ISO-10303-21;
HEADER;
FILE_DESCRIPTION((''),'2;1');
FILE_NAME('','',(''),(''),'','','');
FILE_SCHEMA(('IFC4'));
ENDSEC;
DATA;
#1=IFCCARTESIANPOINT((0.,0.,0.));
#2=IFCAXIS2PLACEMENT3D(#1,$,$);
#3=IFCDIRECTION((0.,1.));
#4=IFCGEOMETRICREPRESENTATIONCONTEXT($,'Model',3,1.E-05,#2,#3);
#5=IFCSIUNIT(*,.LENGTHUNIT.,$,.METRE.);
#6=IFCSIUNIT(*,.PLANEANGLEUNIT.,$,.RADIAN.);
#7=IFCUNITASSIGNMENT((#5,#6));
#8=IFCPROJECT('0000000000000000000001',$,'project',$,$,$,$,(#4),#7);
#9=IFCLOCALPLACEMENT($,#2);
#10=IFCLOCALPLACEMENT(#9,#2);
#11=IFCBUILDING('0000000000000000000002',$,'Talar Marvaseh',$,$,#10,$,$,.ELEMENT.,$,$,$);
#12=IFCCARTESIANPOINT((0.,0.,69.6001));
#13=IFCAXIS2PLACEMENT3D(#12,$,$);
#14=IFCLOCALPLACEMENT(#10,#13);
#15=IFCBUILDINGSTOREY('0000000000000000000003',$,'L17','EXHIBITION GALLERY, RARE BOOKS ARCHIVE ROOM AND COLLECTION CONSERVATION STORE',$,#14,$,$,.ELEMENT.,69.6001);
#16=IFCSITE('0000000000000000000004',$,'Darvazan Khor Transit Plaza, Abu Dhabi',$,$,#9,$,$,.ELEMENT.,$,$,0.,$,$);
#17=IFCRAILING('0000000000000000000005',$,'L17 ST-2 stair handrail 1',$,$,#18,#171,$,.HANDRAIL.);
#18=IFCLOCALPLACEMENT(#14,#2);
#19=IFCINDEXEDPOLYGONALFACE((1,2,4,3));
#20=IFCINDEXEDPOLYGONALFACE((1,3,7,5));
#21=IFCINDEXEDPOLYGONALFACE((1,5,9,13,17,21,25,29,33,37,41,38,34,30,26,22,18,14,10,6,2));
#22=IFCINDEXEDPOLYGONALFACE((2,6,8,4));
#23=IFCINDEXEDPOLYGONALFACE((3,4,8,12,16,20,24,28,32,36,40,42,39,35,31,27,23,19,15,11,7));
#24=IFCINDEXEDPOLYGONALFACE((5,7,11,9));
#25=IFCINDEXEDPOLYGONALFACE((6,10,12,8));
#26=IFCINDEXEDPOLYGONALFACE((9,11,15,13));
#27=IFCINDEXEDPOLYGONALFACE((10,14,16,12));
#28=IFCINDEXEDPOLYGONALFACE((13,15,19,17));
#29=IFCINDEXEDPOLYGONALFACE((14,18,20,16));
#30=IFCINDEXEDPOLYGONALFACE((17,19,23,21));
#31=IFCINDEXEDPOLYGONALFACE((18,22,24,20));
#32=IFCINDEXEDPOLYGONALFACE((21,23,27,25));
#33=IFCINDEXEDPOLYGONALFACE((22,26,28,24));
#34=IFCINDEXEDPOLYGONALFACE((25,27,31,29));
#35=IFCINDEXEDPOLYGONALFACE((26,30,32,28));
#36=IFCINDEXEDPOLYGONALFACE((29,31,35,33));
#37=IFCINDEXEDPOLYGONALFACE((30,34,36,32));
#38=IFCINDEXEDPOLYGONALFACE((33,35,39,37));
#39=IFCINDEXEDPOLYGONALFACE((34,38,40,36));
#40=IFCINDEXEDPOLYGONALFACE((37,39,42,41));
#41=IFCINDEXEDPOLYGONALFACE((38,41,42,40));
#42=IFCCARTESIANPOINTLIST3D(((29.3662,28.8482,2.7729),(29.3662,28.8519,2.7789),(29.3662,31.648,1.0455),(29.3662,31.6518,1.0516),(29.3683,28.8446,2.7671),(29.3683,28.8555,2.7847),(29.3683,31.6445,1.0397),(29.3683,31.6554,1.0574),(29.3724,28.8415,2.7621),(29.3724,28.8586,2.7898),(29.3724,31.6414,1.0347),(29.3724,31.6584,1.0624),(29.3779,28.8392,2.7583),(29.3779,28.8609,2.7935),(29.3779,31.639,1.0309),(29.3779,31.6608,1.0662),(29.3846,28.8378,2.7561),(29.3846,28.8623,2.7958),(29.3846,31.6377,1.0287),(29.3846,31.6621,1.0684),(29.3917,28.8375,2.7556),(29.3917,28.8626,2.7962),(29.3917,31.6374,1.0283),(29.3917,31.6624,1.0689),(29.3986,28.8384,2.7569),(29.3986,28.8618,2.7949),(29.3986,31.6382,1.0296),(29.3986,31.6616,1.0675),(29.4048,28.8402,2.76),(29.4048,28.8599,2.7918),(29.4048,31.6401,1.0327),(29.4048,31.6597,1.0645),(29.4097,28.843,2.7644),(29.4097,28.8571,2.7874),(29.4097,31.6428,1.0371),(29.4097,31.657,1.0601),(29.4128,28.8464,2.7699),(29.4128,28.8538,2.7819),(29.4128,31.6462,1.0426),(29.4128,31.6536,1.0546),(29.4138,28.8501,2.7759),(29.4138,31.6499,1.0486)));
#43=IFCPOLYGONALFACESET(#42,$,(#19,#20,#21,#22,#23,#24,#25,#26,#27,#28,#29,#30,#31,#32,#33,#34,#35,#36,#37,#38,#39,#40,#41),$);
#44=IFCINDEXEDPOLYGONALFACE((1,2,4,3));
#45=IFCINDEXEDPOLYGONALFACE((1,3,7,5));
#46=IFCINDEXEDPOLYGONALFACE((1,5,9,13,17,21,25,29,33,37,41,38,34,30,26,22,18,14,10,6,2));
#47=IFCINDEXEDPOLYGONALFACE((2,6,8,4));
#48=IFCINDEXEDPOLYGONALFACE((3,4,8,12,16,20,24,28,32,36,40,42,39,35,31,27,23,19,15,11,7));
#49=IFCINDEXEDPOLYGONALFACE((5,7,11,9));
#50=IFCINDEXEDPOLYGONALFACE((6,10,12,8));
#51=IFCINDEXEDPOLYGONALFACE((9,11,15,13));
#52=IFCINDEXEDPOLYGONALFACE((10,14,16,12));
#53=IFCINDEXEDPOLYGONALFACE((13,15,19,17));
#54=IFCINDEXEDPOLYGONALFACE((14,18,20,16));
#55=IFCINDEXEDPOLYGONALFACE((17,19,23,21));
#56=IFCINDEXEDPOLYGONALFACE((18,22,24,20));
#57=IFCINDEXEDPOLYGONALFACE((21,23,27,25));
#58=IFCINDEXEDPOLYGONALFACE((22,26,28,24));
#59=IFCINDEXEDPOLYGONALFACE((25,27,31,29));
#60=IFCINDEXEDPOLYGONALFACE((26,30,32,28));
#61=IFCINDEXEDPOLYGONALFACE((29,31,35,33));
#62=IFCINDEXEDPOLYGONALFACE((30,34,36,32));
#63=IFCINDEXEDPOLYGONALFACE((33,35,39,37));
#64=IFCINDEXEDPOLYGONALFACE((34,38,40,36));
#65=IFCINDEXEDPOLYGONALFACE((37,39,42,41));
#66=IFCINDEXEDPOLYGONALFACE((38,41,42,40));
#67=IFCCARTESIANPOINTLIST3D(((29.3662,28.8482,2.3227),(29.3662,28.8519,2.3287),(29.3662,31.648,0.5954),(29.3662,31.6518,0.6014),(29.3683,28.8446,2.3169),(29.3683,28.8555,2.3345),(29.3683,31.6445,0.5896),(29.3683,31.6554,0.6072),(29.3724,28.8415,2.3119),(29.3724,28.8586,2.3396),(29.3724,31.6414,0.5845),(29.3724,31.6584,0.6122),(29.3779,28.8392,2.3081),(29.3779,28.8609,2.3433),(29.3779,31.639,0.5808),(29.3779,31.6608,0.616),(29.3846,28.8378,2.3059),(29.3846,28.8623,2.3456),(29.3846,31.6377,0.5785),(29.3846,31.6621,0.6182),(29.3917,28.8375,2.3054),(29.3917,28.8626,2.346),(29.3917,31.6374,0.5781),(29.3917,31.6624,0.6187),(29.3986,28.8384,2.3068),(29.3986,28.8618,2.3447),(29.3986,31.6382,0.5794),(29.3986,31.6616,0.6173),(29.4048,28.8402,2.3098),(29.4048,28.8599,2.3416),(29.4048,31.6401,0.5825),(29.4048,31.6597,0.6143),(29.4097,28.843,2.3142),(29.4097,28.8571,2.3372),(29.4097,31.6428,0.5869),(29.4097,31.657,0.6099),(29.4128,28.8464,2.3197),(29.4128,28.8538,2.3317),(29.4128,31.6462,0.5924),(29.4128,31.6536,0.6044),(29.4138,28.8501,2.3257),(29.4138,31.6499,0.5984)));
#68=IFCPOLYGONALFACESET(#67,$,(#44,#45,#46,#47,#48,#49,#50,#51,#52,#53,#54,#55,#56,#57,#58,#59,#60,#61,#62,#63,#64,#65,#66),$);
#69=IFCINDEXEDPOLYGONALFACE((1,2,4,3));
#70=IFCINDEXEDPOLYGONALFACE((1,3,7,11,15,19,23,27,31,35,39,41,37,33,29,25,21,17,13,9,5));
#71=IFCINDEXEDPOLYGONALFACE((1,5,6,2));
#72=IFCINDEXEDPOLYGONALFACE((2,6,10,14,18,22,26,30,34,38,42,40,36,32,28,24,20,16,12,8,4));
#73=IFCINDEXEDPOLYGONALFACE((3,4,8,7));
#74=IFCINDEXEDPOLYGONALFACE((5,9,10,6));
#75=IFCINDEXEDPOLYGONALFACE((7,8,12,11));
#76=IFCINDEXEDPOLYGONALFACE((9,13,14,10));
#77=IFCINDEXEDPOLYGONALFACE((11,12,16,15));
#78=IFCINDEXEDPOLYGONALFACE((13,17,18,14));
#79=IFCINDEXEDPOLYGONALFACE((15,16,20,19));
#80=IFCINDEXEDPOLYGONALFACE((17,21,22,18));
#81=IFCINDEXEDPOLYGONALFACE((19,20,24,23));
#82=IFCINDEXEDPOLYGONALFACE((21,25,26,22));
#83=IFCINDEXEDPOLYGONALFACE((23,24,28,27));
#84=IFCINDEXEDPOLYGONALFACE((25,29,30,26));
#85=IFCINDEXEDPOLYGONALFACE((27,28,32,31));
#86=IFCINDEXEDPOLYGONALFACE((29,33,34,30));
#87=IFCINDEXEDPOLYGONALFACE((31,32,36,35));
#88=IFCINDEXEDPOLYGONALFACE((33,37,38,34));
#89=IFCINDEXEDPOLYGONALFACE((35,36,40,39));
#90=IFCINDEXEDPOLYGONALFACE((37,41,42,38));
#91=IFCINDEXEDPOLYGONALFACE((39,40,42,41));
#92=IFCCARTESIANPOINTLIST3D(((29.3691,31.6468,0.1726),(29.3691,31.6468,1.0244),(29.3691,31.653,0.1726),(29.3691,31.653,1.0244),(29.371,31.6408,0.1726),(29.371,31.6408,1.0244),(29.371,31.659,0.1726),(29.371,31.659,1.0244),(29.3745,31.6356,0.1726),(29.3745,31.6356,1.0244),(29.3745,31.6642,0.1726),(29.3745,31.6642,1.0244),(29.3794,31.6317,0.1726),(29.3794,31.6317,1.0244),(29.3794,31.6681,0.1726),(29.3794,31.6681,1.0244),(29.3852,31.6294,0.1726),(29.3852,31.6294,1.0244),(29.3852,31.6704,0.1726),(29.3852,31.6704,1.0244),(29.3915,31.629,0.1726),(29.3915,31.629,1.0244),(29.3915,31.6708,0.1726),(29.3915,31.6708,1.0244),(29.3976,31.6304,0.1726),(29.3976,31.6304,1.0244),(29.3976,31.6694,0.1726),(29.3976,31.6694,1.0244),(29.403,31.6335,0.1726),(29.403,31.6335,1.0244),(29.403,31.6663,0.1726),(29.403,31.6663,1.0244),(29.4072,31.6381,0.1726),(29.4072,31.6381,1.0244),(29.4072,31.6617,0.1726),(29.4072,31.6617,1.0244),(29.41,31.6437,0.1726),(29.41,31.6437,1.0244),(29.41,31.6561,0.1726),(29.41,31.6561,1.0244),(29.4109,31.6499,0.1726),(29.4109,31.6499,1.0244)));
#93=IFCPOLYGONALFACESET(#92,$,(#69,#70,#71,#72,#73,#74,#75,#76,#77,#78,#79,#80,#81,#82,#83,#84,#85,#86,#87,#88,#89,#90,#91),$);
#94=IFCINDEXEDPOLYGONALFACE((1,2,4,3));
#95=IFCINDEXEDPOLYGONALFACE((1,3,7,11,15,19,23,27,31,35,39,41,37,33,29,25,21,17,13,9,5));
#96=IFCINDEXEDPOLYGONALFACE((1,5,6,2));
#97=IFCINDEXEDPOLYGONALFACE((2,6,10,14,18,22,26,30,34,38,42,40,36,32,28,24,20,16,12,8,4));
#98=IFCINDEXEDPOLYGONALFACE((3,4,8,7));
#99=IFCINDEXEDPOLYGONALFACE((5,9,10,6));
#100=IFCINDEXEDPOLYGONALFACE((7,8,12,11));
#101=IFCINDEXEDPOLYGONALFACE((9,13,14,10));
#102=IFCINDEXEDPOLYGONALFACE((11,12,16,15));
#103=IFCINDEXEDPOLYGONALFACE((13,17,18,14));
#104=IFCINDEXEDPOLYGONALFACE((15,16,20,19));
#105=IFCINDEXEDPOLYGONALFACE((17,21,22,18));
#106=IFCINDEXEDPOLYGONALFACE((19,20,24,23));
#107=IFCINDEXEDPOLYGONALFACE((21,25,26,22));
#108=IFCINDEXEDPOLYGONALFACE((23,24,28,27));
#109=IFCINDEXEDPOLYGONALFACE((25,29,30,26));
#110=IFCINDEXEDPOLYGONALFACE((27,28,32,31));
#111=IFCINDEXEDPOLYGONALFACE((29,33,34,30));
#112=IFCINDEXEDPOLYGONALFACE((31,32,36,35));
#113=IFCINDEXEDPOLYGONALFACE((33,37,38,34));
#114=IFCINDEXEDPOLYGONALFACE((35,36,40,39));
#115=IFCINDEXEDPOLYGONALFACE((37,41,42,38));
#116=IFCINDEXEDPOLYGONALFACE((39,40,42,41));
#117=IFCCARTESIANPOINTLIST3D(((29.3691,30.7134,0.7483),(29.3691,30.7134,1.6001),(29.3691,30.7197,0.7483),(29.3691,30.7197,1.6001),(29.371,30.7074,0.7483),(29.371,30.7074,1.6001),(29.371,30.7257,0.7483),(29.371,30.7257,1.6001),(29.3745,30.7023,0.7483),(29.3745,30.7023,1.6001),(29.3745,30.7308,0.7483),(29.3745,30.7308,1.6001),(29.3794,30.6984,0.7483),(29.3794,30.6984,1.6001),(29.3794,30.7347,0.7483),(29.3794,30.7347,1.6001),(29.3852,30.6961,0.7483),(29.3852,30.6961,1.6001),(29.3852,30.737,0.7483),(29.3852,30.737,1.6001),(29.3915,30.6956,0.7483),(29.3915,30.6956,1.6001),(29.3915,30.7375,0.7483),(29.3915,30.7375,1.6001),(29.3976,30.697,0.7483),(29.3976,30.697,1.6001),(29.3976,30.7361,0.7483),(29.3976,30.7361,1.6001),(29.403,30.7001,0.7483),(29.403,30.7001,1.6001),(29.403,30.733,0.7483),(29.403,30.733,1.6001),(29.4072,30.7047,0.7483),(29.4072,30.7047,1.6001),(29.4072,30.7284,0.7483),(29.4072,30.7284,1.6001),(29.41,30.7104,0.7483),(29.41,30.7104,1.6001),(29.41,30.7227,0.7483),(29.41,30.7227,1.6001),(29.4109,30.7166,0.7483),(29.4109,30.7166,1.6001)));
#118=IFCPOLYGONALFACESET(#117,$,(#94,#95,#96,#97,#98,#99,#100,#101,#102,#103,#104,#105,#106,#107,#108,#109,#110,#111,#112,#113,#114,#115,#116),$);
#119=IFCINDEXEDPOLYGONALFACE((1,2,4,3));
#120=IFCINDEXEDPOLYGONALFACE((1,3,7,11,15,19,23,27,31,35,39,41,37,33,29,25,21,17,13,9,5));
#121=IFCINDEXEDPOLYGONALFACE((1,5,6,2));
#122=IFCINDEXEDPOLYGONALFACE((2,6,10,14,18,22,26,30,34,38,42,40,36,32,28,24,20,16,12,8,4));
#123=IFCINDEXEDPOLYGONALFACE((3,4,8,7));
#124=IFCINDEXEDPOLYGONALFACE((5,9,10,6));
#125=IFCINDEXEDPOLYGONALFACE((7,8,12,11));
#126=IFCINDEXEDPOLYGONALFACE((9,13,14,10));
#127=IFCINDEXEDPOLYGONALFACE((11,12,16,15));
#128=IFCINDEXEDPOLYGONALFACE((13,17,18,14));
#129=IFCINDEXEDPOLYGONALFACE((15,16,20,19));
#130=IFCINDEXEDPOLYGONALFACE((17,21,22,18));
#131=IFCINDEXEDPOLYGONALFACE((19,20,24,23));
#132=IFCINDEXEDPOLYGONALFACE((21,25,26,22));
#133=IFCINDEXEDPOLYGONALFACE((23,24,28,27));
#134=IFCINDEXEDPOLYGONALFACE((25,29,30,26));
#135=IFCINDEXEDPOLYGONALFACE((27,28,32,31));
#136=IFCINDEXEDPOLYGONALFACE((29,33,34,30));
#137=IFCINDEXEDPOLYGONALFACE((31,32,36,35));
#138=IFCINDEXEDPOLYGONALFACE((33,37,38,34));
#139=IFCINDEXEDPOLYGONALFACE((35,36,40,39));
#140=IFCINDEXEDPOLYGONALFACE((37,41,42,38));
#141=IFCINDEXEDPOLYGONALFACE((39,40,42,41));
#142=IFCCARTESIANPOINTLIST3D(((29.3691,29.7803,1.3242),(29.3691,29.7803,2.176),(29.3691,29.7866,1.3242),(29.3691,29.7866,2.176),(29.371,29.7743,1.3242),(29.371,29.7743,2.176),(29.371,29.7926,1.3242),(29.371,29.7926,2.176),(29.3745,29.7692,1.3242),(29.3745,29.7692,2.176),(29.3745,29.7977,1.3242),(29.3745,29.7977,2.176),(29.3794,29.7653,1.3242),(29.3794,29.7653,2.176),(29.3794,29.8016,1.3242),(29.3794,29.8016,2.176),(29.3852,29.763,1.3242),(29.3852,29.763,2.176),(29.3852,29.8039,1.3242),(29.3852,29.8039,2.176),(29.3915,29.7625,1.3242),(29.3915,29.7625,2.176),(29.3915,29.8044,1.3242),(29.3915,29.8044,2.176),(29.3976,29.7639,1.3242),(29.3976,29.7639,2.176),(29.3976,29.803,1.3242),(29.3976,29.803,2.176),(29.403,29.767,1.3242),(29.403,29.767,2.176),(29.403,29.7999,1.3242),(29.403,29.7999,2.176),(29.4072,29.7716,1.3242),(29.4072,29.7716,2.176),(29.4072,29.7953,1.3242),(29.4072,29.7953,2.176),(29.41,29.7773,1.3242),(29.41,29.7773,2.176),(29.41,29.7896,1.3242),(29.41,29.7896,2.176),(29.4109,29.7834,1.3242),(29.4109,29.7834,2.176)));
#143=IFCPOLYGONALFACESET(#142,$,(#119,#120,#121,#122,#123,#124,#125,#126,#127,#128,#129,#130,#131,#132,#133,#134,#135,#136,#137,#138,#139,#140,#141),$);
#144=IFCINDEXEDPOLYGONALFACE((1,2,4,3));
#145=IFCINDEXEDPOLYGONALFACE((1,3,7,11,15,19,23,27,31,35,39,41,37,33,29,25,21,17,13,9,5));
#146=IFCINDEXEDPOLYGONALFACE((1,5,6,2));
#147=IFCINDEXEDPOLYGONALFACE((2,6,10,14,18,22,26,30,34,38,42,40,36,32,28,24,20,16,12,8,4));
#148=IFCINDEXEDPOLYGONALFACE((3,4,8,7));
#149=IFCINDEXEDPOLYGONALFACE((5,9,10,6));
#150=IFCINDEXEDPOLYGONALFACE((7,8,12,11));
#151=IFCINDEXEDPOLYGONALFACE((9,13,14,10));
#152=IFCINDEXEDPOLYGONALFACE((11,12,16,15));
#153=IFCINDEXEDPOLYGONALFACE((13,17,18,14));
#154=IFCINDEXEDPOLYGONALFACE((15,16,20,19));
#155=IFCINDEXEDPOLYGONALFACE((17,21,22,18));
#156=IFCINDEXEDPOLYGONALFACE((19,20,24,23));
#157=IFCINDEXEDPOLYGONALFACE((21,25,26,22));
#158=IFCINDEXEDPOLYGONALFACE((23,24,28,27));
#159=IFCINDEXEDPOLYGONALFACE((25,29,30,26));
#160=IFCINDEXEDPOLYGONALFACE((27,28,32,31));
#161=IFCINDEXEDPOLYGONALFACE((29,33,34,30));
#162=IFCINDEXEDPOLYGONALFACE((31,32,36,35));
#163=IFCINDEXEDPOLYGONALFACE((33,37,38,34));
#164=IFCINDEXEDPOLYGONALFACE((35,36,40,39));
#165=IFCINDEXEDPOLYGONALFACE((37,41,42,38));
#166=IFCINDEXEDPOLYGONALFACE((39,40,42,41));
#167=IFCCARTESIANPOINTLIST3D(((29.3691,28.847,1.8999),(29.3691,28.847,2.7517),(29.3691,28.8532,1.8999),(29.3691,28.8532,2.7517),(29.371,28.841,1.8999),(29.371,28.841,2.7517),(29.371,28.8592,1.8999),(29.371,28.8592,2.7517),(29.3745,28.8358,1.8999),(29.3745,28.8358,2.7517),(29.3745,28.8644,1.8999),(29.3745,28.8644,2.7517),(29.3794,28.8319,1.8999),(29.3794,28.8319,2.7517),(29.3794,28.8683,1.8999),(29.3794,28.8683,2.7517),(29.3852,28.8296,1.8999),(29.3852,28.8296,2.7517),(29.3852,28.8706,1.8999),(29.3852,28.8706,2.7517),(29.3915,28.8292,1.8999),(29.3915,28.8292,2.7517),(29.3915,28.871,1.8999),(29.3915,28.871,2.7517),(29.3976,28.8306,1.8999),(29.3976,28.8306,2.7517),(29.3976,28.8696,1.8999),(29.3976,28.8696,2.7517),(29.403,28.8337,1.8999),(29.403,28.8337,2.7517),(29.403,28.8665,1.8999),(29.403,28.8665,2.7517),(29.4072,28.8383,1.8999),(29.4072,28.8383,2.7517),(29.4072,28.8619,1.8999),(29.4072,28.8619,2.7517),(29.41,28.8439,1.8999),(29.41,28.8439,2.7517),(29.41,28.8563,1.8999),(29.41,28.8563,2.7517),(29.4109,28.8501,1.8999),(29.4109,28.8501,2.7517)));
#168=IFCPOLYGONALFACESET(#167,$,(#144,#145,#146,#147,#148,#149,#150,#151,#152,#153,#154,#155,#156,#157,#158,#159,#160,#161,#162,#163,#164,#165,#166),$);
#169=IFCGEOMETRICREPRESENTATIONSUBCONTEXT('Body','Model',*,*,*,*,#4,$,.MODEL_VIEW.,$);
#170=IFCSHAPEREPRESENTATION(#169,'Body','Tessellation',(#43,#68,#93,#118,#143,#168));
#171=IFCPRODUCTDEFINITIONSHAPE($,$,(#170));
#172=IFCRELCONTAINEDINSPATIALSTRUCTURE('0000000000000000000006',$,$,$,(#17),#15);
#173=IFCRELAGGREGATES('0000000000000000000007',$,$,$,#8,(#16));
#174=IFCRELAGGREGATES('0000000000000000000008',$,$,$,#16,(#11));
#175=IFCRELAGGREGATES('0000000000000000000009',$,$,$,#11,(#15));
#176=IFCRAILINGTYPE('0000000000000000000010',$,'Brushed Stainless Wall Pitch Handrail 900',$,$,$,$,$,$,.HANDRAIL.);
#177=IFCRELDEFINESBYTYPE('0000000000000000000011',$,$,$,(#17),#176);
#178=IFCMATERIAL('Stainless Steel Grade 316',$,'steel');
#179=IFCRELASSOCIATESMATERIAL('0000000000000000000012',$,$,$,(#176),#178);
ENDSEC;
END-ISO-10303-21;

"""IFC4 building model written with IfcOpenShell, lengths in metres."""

from ifc_helpers import new_model, si_unit, direction, frame, origin, origin_2d, place, context, subcontext, project, spatial, circle, extrude, material, type_object, element, save


model = new_model("IFC4")

# Units and contexts
model_context = context("Model", 3, precision=1e-05, world=origin(), true_north=direction((0.0, 1.0)))
body_context = subcontext(model_context, "Body", "Model", "MODEL_VIEW")
ifc_project = project(units=[si_unit("LENGTHUNIT", "METRE"), si_unit("PLANEANGLEUNIT", "RADIAN")], contexts=[model_context])

# Site, building, storey
site_placement = place(None, origin())
site = spatial("IfcSite", under=ifc_project, at=site_placement, Name="Darvazan Khor Transit Plaza, Abu Dhabi", CompositionType="ELEMENT", RefElevation=0.0)
building_placement = place(site_placement, origin())
building = spatial("IfcBuilding", under=site, at=building_placement, Name="Talar Marvaseh", CompositionType="ELEMENT")
storey_placement = place(building_placement, frame((0.0, 0.0, 69.6001)))
storey = spatial("IfcBuildingStorey", under=building, at=storey_placement, Name="L17", Description="EXHIBITION GALLERY, RARE BOOKS ARCHIVE ROOM AND COLLECTION CONSERVATION STORE", CompositionType="ELEMENT", Elevation=69.6001)

# Railing
ifc_material_1 = material(Name="Stainless Steel Grade 316", Category="steel")
railing_type_1 = type_object("IfcRailingType", Name="Brushed Stainless Wall Pitch Handrail 900", PredefinedType="HANDRAIL", material=ifc_material_1)
railing_1_placement = place(storey_placement, frame((29.3899, 31.6499, 0.1726)))
element("IfcRailing", 1, at=railing_1_placement, inside=storey, type_object=railing_type_1, Name="L17 ST-2 stair handrail 1", PredefinedType="HANDRAIL", context=body_context, shape_type="SweptSolid", body=[
    extrude(circle(Radius=0.0239, at=origin_2d()), frame((0.0, 0.0, 0.876), z_axis=(0.0, -0.851069, 0.525054), x_axis=(1.0, 0.0, 0.0)), (0.0, 0.0, 1.0), 3.2898),
    extrude(circle(Radius=0.0239, at=origin_2d()), frame((0.0, 0.0, 0.4258), z_axis=(0.0, -0.851069, 0.525054), x_axis=(1.0, 0.0, 0.0)), (0.0, 0.0, 1.0), 3.2898),
    extrude(circle(Radius=0.021, at=origin_2d()), origin(), (0.0, 0.0, 1.0), 0.8518),
    extrude(circle(Radius=0.021, at=origin_2d()), frame((0.0, -0.9333, 0.5757)), (0.0, 0.0, 1.0), 0.8518),
    extrude(circle(Radius=0.021, at=origin_2d()), frame((0.0, -1.8665, 1.1516)), (0.0, 0.0, 1.0), 0.8518),
    extrude(circle(Radius=0.021, at=origin_2d()), frame((0.0, -2.7998, 1.7273)), (0.0, 0.0, 1.0), 0.8518),
])

save(model, "model.ifc")
